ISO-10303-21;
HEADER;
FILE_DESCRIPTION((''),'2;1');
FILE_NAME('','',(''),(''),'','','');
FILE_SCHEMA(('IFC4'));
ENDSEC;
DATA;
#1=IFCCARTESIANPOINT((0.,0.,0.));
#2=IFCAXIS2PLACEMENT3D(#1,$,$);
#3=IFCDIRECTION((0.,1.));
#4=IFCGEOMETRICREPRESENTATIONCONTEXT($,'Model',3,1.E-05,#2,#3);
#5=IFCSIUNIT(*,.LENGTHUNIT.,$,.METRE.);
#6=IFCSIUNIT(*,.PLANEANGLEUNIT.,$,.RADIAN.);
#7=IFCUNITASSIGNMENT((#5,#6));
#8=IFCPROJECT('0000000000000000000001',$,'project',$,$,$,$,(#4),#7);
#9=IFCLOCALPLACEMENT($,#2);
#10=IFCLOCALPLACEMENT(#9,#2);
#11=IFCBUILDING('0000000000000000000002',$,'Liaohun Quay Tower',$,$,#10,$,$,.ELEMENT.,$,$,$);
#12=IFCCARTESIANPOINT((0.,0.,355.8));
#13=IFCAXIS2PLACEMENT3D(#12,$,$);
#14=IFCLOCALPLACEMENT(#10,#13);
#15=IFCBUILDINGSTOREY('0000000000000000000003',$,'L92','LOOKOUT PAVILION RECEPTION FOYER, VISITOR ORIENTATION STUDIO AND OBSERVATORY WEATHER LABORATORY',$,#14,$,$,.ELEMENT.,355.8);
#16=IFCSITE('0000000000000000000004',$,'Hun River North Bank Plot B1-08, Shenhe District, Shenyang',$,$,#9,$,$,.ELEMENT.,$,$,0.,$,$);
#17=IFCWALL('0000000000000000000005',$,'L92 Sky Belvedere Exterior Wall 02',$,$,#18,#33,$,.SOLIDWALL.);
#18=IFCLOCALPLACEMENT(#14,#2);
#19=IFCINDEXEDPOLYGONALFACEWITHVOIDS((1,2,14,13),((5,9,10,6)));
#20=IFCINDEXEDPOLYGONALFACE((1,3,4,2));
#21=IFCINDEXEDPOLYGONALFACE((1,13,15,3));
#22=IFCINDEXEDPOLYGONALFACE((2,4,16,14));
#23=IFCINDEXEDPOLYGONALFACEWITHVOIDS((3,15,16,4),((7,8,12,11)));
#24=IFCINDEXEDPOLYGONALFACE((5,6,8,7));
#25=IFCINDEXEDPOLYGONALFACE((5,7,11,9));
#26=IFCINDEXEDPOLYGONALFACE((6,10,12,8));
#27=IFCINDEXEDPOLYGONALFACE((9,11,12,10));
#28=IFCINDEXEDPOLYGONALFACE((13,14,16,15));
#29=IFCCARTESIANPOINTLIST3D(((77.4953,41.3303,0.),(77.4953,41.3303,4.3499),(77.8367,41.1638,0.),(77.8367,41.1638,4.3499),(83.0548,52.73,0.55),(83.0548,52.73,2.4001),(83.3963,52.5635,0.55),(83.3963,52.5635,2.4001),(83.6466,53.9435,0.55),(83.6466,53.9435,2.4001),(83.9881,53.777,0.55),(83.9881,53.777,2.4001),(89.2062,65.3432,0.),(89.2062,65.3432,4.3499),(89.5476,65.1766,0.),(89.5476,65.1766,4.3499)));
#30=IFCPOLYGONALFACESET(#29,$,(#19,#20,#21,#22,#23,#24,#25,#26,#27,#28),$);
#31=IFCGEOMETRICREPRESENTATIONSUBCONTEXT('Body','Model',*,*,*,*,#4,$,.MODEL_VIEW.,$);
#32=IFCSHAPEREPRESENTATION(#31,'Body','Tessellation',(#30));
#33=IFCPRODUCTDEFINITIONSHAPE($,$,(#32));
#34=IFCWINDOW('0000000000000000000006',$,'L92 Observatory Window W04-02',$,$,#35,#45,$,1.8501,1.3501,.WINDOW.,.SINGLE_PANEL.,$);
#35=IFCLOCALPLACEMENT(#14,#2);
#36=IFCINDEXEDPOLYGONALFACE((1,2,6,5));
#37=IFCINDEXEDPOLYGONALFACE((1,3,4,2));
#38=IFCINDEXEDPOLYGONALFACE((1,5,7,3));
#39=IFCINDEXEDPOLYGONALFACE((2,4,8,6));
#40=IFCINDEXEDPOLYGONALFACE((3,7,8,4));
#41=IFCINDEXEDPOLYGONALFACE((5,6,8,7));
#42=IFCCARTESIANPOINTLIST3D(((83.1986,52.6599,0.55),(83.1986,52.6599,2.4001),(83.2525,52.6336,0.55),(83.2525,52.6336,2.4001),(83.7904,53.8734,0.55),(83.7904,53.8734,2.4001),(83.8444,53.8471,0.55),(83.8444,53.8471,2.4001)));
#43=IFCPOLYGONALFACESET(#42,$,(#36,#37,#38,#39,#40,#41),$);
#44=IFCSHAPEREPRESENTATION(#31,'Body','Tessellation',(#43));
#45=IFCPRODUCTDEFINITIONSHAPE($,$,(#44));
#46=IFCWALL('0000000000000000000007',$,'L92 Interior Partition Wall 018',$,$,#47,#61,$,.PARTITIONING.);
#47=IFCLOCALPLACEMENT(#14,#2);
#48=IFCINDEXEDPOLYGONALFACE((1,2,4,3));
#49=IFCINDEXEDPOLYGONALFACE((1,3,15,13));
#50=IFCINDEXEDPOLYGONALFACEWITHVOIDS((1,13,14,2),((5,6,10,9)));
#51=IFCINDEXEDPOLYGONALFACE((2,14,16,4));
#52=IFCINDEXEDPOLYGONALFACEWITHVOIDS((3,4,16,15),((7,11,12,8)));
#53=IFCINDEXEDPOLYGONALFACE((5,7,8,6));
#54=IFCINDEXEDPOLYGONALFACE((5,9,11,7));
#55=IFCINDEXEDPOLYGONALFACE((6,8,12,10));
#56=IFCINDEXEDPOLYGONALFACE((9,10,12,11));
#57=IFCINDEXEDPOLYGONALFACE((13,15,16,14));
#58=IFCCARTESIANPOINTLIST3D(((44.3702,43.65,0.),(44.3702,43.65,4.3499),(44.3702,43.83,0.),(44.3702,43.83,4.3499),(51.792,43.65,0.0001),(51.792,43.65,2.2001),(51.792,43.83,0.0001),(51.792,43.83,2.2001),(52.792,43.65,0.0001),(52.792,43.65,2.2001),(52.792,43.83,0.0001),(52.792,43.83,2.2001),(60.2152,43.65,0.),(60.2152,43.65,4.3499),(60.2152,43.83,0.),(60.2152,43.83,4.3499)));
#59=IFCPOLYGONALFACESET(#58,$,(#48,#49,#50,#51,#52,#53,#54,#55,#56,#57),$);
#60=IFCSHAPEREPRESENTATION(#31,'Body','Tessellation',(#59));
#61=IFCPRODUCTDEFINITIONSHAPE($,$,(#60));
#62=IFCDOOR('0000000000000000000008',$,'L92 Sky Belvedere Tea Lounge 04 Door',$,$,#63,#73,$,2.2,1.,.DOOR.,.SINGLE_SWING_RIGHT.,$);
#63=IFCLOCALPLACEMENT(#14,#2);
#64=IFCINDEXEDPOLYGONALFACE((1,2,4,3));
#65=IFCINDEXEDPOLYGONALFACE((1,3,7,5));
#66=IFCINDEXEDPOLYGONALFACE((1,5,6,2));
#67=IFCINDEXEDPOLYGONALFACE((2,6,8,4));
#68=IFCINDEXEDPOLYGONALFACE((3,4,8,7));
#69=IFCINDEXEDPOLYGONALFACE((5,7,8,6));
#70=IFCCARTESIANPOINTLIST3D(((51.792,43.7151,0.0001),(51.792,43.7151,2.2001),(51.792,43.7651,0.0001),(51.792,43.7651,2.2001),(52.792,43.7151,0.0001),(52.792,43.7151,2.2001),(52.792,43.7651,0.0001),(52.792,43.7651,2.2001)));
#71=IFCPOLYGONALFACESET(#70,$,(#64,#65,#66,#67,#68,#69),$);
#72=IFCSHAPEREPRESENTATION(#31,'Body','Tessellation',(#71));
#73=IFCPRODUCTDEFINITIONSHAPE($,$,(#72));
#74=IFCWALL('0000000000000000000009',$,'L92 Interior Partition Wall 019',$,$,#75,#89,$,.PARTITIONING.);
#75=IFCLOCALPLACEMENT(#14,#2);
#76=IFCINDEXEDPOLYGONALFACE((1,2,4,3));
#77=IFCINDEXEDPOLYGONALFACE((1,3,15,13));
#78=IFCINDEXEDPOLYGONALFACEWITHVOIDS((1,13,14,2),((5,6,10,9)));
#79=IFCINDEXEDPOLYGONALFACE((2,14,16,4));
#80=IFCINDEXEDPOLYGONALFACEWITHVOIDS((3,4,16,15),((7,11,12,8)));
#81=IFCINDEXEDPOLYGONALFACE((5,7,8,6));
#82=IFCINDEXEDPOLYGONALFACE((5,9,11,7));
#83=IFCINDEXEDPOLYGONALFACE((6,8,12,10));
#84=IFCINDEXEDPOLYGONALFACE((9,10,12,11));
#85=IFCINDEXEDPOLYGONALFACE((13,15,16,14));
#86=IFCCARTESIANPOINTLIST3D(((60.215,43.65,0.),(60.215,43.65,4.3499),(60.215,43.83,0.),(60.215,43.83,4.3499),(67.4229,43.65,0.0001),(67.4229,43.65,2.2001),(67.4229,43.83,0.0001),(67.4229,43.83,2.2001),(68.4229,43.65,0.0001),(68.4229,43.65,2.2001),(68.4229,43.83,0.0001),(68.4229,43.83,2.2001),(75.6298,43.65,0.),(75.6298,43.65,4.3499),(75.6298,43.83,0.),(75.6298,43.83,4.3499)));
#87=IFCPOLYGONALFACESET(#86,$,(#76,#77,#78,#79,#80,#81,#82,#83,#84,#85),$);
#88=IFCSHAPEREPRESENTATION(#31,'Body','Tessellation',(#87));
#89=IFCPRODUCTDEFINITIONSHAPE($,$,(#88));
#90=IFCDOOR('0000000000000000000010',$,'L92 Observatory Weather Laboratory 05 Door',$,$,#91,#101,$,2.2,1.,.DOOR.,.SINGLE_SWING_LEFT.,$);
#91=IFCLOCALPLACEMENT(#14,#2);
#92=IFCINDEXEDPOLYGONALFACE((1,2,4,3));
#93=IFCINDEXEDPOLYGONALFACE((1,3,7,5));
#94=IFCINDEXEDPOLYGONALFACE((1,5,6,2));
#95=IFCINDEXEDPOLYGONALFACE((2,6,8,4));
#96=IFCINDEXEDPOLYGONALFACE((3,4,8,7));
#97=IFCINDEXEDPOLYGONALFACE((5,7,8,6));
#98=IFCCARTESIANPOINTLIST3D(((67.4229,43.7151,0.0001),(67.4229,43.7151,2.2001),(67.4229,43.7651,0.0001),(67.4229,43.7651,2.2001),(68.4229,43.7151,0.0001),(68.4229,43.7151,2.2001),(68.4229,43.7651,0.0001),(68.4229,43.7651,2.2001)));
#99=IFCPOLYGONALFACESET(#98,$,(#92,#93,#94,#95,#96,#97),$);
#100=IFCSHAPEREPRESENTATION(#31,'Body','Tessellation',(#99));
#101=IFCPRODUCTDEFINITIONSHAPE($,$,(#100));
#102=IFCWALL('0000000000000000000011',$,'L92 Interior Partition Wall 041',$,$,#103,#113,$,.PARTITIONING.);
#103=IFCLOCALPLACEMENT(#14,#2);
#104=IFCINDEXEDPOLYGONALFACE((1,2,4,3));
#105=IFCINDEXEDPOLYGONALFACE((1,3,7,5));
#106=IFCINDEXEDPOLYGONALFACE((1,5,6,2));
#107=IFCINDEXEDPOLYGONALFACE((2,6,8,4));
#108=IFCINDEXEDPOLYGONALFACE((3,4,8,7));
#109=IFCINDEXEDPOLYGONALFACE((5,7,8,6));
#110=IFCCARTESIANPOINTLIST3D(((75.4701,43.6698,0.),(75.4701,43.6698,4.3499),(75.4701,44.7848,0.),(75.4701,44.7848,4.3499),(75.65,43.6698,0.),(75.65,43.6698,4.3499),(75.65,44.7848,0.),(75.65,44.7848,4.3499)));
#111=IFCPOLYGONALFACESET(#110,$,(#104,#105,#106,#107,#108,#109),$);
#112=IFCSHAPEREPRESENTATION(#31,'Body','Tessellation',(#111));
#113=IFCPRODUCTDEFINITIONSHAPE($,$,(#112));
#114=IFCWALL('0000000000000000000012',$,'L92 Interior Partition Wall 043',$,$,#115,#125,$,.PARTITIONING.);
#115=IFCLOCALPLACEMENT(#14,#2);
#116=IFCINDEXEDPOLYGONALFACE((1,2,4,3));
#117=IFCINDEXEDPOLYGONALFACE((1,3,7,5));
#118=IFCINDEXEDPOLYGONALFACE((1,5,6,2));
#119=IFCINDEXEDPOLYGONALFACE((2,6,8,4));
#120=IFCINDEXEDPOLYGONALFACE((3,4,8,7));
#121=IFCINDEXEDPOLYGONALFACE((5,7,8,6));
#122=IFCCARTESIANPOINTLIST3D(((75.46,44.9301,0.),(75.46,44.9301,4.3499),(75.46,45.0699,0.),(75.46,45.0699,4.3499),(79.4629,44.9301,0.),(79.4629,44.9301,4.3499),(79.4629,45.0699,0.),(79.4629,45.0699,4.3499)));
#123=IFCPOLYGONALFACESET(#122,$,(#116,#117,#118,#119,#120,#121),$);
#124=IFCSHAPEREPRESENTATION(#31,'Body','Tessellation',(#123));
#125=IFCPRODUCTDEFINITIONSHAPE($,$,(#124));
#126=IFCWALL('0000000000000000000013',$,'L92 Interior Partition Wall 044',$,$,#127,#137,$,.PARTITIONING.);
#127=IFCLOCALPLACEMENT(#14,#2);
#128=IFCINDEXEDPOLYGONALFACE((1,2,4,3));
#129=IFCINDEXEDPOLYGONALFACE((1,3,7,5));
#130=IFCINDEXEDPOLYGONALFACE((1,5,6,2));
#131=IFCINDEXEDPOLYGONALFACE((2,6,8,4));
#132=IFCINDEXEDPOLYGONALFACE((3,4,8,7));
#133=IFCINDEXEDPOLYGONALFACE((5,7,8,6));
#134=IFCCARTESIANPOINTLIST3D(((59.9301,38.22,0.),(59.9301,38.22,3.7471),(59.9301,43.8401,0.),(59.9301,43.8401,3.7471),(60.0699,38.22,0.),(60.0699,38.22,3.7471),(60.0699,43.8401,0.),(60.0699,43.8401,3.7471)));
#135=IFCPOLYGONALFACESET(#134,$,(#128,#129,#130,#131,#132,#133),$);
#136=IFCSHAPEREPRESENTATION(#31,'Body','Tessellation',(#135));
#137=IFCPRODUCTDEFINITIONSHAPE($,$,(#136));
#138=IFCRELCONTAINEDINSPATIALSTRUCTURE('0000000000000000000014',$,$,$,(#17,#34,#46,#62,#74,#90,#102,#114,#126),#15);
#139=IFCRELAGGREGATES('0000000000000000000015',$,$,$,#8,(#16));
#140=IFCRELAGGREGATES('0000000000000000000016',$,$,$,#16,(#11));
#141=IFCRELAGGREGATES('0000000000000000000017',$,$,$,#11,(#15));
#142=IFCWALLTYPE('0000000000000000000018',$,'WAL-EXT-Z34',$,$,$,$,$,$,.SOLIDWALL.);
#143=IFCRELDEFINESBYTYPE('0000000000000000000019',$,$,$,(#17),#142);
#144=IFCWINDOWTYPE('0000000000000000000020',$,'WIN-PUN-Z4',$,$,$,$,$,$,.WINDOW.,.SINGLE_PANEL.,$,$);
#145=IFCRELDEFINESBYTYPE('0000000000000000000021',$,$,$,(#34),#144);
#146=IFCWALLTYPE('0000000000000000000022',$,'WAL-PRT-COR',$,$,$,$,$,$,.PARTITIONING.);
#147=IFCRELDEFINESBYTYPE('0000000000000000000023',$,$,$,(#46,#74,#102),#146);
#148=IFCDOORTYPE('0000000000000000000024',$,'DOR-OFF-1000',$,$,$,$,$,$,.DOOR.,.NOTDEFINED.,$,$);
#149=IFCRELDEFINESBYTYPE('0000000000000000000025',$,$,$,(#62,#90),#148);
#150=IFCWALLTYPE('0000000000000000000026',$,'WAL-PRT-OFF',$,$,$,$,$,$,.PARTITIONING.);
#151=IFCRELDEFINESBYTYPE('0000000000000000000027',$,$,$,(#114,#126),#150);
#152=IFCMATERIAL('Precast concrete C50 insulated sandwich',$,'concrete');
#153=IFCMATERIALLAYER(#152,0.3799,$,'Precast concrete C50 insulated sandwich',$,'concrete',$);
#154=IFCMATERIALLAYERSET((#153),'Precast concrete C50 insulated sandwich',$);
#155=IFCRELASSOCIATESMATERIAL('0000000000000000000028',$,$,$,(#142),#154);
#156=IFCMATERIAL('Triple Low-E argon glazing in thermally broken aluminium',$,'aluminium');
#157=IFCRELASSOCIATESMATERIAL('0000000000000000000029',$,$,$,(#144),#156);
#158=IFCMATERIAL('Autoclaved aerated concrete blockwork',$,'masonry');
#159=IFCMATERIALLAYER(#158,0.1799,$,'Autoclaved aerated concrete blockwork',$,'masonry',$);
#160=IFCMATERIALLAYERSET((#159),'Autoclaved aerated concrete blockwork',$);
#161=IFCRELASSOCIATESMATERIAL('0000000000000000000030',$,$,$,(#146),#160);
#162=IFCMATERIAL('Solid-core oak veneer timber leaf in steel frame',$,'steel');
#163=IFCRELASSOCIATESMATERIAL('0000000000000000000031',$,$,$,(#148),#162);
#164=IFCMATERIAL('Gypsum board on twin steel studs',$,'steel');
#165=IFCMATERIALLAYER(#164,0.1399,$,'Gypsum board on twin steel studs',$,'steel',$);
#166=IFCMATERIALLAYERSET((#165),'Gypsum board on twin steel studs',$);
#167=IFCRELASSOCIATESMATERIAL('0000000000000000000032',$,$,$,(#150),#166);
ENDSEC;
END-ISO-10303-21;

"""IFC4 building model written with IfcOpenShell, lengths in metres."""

from ifc_helpers import new_model, si_unit, direction, frame, frame_2d, origin, place, context, subcontext, project, spatial, rectangle, extrude, source, transform, mapped, material, layer, layer_set, type_object, element, fill, save


model = new_model("IFC4")

# Units and contexts
model_context = context("Model", 3, precision=1e-05, world=origin(), true_north=direction((0.0, 1.0)))
body_context = subcontext(model_context, "Body", "Model", "MODEL_VIEW")
ifc_project = project(units=[si_unit("LENGTHUNIT", "METRE"), si_unit("PLANEANGLEUNIT", "RADIAN")], contexts=[model_context])

# Site, building, storey
site_placement = place(None, origin())
site = spatial("IfcSite", under=ifc_project, at=site_placement, Name="Hun River North Bank Plot B1-08, Shenhe District, Shenyang", CompositionType="ELEMENT", RefElevation=0.0)
building_placement = place(site_placement, origin())
building = spatial("IfcBuilding", under=site, at=building_placement, Name="Liaohun Quay Tower", CompositionType="ELEMENT")
storey_placement = place(building_placement, frame((0.0, 0.0, 355.8)))
storey = spatial("IfcBuildingStorey", under=building, at=storey_placement, Name="L92", Description="LOOKOUT PAVILION RECEPTION FOYER, VISITOR ORIENTATION STUDIO AND OBSERVATORY WEATHER LABORATORY", CompositionType="ELEMENT", Elevation=355.8)

# Shared definitions
ifc_material_1 = material(Name="Precast concrete C50 insulated sandwich", Category="concrete")
ifc_layer_1 = layer(ifc_material_1, 0.3799, Name="Precast concrete C50 insulated sandwich", Category="concrete")
ifc_layer_set_1 = layer_set([ifc_layer_1], Name="Precast concrete C50 insulated sandwich")
wall_type_1 = type_object("IfcWallType", Name="WAL-EXT-Z34", PredefinedType="SOLIDWALL", material=ifc_layer_set_1)

# Wall, opening, window
wall_1_placement = place(storey_placement, frame((77.666, 41.2471, 0.0), z_axis=(0.0, 0.0, 1.0), x_axis=(0.438342, 0.898808, 0.0)))
wall_1 = element("IfcWall", 1, at=wall_1_placement, inside=storey, type_object=wall_type_1, Name="L92 Sky Belvedere Exterior Wall 02", PredefinedType="SOLIDWALL", context=body_context, shape_type="SweptSolid", body=[
    extrude(rectangle(XDim=26.7163, YDim=0.3799, at=frame_2d((13.3582, 0.0))), origin(), (0.0, 0.0, 1.0), 4.3499),
])
shared_shape_1 = source(origin(), body_context, "Body", "SweptSolid", [
    extrude(rectangle(XDim=1.3501, YDim=1.8501, at=frame_2d((0.675, 0.925))), frame((0.0, 0.2, 0.0), z_axis=(0.0, -1.0, 0.0), x_axis=(1.0, 0.0, 0.0)), (0.0, 0.0, 1.0), 0.3999),
])
opening_1_placement = place(wall_1_placement, frame((12.6831, 0.0, 0.55)))
opening_1 = element("IfcOpeningElement", 2, at=opening_1_placement, cuts=wall_1, PredefinedType="OPENING", context=body_context, shape_type="MappedRepresentation", body=[
    mapped(shared_shape_1, transform((0.0, 0.0, 0.0), x_axis=(1.0, 0.0, 0.0), y_axis=(0.0, 1.0, 0.0), z_axis=(0.0, 0.0, 1.0), scale=1.0)),
])
ifc_material_2 = material(Name="Triple Low-E argon glazing in thermally broken aluminium", Category="aluminium")
window_type = type_object("IfcWindowType", Name="WIN-PUN-Z4", PartitioningType="SINGLE_PANEL", PredefinedType="WINDOW", material=ifc_material_2)
shared_shape_2 = source(origin(), body_context, "Body", "SweptSolid", [
    extrude(rectangle(XDim=1.3501, YDim=1.8501, at=frame_2d((0.675, 0.925))), frame((0.0, 0.03, 0.0), z_axis=(0.0, -1.0, 0.0), x_axis=(1.0, 0.0, 0.0)), (0.0, 0.0, 1.0), 0.0601),
])
window_placement = place(opening_1_placement, origin())
window = element("IfcWindow", 3, at=window_placement, inside=storey, type_object=window_type, Name="L92 Observatory Window W04-02", OverallHeight=1.8501, OverallWidth=1.3501, PartitioningType="SINGLE_PANEL", PredefinedType="WINDOW", context=body_context, shape_type="MappedRepresentation", body=[
    mapped(shared_shape_2, transform((0.0, 0.0, 0.0), x_axis=(1.0, 0.0, 0.0), y_axis=(0.0, 1.0, 0.0), z_axis=(0.0, 0.0, 1.0), scale=1.0)),
])
fill(opening_1, window)

# Walls, openings, doors
ifc_material_3 = material(Name="Autoclaved aerated concrete blockwork", Category="masonry")
ifc_layer_2 = layer(ifc_material_3, 0.1799, Name="Autoclaved aerated concrete blockwork", Category="masonry")
ifc_layer_set_2 = layer_set([ifc_layer_2], Name="Autoclaved aerated concrete blockwork")
wall_type_2 = type_object("IfcWallType", Name="WAL-PRT-COR", PredefinedType="PARTITIONING", material=ifc_layer_set_2)
wall_2_placement = place(storey_placement, frame((60.2151, 43.74, 0.0), z_axis=(0.0, 0.0, 1.0), x_axis=(-1.0, 0.0, 0.0)))
wall_2 = element("IfcWall", 4, at=wall_2_placement, inside=storey, type_object=wall_type_2, Name="L92 Interior Partition Wall 018", PredefinedType="PARTITIONING", context=body_context, shape_type="SweptSolid", body=[
    extrude(rectangle(XDim=15.845, YDim=0.1799, at=frame_2d((7.9224, 0.0))), origin(), (0.0, 0.0, 1.0), 4.3499),
])
shared_shape_3 = source(origin(), body_context, "Body", "SweptSolid", [
    extrude(rectangle(XDim=1.0, YDim=2.2, at=frame_2d((0.5, 1.1001))), frame((0.0, 0.0999, 0.0), z_axis=(0.0, -1.0, 0.0), x_axis=(1.0, 0.0, 0.0)), (0.0, 0.0, 1.0), 0.2),
])
opening_2_placement = place(wall_2_placement, frame((7.4231, 0.0, 0.0)))
opening_2 = element("IfcOpeningElement", 5, at=opening_2_placement, cuts=wall_2, PredefinedType="OPENING", context=body_context, shape_type="MappedRepresentation", body=[
    mapped(shared_shape_3, transform((0.0, 0.0, 0.0), x_axis=(1.0, 0.0, 0.0), y_axis=(0.0, 1.0, 0.0), z_axis=(0.0, 0.0, 1.0), scale=1.0)),
])
ifc_material_4 = material(Name="Solid-core oak veneer timber leaf in steel frame", Category="steel")
door_type_1 = type_object("IfcDoorType", Name="DOR-OFF-1000", OperationType="NOTDEFINED", PredefinedType="DOOR", material=ifc_material_4)
shared_shape_4 = source(origin(), body_context, "Body", "SweptSolid", [
    extrude(rectangle(XDim=1.0, YDim=2.2, at=frame_2d((0.5, 1.1001))), frame((0.0, 0.0249, 0.0), z_axis=(0.0, -1.0, 0.0), x_axis=(1.0, 0.0, 0.0)), (0.0, 0.0, 1.0), 0.05),
])
door_1_placement = place(opening_2_placement, origin())
door_1 = element("IfcDoor", 6, at=door_1_placement, inside=storey, type_object=door_type_1, Name="L92 Sky Belvedere Tea Lounge 04 Door", OperationType="SINGLE_SWING_RIGHT", OverallHeight=2.2, OverallWidth=1.0, PredefinedType="DOOR", context=body_context, shape_type="MappedRepresentation", body=[
    mapped(shared_shape_4, transform((0.0, 0.0, 0.0), x_axis=(1.0, 0.0, 0.0), y_axis=(0.0, 1.0, 0.0), z_axis=(0.0, 0.0, 1.0), scale=1.0)),
])
fill(opening_2, door_1)
wall_3_placement = place(storey_placement, frame((75.6299, 43.74, 0.0), z_axis=(0.0, 0.0, 1.0), x_axis=(-1.0, 0.0, 0.0)))
wall_3 = element("IfcWall", 7, at=wall_3_placement, inside=storey, type_object=wall_type_2, Name="L92 Interior Partition Wall 019", PredefinedType="PARTITIONING", context=body_context, shape_type="SweptSolid", body=[
    extrude(rectangle(XDim=15.4148, YDim=0.1799, at=frame_2d((7.7075, 0.0))), origin(), (0.0, 0.0, 1.0), 4.3499),
])
opening_3_placement = place(wall_3_placement, frame((7.207, 0.0, 0.0)))
opening_3 = element("IfcOpeningElement", 8, at=opening_3_placement, cuts=wall_3, PredefinedType="OPENING", context=body_context, shape_type="MappedRepresentation", body=[
    mapped(shared_shape_3, transform((0.0, 0.0, 0.0), x_axis=(1.0, 0.0, 0.0), y_axis=(0.0, 1.0, 0.0), z_axis=(0.0, 0.0, 1.0), scale=1.0)),
])
door_2_placement = place(opening_3_placement, origin())
door_2 = element("IfcDoor", 9, at=door_2_placement, inside=storey, type_object=door_type_1, Name="L92 Observatory Weather Laboratory 05 Door", OperationType="SINGLE_SWING_LEFT", OverallHeight=2.2, OverallWidth=1.0, PredefinedType="DOOR", context=body_context, shape_type="MappedRepresentation", body=[
    mapped(shared_shape_4, transform((0.0, 0.0, 0.0), x_axis=(1.0, 0.0, 0.0), y_axis=(0.0, 1.0, 0.0), z_axis=(0.0, 0.0, 1.0), scale=1.0)),
])
fill(opening_3, door_2)

# Walls
wall_4_placement = place(storey_placement, frame((75.5601, 44.7849, 0.0), z_axis=(0.0, 0.0, 1.0), x_axis=(0.0, -1.0, 0.0)))
element("IfcWall", 10, at=wall_4_placement, inside=storey, type_object=wall_type_2, Name="L92 Interior Partition Wall 041", PredefinedType="PARTITIONING", context=body_context, shape_type="SweptSolid", body=[
    extrude(rectangle(XDim=1.115, YDim=0.1799, at=frame_2d((0.5576, 0.0))), origin(), (0.0, 0.0, 1.0), 4.3499),
])
ifc_material_5 = material(Name="Gypsum board on twin steel studs", Category="steel")
ifc_layer_3 = layer(ifc_material_5, 0.1399, Name="Gypsum board on twin steel studs", Category="steel")
ifc_layer_set_3 = layer_set([ifc_layer_3], Name="Gypsum board on twin steel studs")
wall_type_3 = type_object("IfcWallType", Name="WAL-PRT-OFF", PredefinedType="PARTITIONING", material=ifc_layer_set_3)
wall_5_placement = place(storey_placement, frame((75.46, 45.0, 0.0), z_axis=(0.0, 0.0, 1.0), x_axis=(1.0, 0.0, 0.0)))
element("IfcWall", 11, at=wall_5_placement, inside=storey, type_object=wall_type_3, Name="L92 Interior Partition Wall 043", PredefinedType="PARTITIONING", context=body_context, shape_type="SweptSolid", body=[
    extrude(rectangle(XDim=4.0029, YDim=0.1399, at=frame_2d((2.0015, 0.0))), origin(), (0.0, 0.0, 1.0), 4.3499),
])
wall_6_placement = place(storey_placement, frame((60.0, 43.8401, 0.0), z_axis=(0.0, 0.0, 1.0), x_axis=(0.0, -1.0, 0.0)))
element("IfcWall", 12, at=wall_6_placement, inside=storey, type_object=wall_type_3, Name="L92 Interior Partition Wall 044", PredefinedType="PARTITIONING", context=body_context, shape_type="SweptSolid", body=[
    extrude(rectangle(XDim=5.6201, YDim=0.1399, at=frame_2d((2.8101, 0.0))), origin(), (0.0, 0.0, 1.0), 3.7471),
])

save(model, "model.ifc")
